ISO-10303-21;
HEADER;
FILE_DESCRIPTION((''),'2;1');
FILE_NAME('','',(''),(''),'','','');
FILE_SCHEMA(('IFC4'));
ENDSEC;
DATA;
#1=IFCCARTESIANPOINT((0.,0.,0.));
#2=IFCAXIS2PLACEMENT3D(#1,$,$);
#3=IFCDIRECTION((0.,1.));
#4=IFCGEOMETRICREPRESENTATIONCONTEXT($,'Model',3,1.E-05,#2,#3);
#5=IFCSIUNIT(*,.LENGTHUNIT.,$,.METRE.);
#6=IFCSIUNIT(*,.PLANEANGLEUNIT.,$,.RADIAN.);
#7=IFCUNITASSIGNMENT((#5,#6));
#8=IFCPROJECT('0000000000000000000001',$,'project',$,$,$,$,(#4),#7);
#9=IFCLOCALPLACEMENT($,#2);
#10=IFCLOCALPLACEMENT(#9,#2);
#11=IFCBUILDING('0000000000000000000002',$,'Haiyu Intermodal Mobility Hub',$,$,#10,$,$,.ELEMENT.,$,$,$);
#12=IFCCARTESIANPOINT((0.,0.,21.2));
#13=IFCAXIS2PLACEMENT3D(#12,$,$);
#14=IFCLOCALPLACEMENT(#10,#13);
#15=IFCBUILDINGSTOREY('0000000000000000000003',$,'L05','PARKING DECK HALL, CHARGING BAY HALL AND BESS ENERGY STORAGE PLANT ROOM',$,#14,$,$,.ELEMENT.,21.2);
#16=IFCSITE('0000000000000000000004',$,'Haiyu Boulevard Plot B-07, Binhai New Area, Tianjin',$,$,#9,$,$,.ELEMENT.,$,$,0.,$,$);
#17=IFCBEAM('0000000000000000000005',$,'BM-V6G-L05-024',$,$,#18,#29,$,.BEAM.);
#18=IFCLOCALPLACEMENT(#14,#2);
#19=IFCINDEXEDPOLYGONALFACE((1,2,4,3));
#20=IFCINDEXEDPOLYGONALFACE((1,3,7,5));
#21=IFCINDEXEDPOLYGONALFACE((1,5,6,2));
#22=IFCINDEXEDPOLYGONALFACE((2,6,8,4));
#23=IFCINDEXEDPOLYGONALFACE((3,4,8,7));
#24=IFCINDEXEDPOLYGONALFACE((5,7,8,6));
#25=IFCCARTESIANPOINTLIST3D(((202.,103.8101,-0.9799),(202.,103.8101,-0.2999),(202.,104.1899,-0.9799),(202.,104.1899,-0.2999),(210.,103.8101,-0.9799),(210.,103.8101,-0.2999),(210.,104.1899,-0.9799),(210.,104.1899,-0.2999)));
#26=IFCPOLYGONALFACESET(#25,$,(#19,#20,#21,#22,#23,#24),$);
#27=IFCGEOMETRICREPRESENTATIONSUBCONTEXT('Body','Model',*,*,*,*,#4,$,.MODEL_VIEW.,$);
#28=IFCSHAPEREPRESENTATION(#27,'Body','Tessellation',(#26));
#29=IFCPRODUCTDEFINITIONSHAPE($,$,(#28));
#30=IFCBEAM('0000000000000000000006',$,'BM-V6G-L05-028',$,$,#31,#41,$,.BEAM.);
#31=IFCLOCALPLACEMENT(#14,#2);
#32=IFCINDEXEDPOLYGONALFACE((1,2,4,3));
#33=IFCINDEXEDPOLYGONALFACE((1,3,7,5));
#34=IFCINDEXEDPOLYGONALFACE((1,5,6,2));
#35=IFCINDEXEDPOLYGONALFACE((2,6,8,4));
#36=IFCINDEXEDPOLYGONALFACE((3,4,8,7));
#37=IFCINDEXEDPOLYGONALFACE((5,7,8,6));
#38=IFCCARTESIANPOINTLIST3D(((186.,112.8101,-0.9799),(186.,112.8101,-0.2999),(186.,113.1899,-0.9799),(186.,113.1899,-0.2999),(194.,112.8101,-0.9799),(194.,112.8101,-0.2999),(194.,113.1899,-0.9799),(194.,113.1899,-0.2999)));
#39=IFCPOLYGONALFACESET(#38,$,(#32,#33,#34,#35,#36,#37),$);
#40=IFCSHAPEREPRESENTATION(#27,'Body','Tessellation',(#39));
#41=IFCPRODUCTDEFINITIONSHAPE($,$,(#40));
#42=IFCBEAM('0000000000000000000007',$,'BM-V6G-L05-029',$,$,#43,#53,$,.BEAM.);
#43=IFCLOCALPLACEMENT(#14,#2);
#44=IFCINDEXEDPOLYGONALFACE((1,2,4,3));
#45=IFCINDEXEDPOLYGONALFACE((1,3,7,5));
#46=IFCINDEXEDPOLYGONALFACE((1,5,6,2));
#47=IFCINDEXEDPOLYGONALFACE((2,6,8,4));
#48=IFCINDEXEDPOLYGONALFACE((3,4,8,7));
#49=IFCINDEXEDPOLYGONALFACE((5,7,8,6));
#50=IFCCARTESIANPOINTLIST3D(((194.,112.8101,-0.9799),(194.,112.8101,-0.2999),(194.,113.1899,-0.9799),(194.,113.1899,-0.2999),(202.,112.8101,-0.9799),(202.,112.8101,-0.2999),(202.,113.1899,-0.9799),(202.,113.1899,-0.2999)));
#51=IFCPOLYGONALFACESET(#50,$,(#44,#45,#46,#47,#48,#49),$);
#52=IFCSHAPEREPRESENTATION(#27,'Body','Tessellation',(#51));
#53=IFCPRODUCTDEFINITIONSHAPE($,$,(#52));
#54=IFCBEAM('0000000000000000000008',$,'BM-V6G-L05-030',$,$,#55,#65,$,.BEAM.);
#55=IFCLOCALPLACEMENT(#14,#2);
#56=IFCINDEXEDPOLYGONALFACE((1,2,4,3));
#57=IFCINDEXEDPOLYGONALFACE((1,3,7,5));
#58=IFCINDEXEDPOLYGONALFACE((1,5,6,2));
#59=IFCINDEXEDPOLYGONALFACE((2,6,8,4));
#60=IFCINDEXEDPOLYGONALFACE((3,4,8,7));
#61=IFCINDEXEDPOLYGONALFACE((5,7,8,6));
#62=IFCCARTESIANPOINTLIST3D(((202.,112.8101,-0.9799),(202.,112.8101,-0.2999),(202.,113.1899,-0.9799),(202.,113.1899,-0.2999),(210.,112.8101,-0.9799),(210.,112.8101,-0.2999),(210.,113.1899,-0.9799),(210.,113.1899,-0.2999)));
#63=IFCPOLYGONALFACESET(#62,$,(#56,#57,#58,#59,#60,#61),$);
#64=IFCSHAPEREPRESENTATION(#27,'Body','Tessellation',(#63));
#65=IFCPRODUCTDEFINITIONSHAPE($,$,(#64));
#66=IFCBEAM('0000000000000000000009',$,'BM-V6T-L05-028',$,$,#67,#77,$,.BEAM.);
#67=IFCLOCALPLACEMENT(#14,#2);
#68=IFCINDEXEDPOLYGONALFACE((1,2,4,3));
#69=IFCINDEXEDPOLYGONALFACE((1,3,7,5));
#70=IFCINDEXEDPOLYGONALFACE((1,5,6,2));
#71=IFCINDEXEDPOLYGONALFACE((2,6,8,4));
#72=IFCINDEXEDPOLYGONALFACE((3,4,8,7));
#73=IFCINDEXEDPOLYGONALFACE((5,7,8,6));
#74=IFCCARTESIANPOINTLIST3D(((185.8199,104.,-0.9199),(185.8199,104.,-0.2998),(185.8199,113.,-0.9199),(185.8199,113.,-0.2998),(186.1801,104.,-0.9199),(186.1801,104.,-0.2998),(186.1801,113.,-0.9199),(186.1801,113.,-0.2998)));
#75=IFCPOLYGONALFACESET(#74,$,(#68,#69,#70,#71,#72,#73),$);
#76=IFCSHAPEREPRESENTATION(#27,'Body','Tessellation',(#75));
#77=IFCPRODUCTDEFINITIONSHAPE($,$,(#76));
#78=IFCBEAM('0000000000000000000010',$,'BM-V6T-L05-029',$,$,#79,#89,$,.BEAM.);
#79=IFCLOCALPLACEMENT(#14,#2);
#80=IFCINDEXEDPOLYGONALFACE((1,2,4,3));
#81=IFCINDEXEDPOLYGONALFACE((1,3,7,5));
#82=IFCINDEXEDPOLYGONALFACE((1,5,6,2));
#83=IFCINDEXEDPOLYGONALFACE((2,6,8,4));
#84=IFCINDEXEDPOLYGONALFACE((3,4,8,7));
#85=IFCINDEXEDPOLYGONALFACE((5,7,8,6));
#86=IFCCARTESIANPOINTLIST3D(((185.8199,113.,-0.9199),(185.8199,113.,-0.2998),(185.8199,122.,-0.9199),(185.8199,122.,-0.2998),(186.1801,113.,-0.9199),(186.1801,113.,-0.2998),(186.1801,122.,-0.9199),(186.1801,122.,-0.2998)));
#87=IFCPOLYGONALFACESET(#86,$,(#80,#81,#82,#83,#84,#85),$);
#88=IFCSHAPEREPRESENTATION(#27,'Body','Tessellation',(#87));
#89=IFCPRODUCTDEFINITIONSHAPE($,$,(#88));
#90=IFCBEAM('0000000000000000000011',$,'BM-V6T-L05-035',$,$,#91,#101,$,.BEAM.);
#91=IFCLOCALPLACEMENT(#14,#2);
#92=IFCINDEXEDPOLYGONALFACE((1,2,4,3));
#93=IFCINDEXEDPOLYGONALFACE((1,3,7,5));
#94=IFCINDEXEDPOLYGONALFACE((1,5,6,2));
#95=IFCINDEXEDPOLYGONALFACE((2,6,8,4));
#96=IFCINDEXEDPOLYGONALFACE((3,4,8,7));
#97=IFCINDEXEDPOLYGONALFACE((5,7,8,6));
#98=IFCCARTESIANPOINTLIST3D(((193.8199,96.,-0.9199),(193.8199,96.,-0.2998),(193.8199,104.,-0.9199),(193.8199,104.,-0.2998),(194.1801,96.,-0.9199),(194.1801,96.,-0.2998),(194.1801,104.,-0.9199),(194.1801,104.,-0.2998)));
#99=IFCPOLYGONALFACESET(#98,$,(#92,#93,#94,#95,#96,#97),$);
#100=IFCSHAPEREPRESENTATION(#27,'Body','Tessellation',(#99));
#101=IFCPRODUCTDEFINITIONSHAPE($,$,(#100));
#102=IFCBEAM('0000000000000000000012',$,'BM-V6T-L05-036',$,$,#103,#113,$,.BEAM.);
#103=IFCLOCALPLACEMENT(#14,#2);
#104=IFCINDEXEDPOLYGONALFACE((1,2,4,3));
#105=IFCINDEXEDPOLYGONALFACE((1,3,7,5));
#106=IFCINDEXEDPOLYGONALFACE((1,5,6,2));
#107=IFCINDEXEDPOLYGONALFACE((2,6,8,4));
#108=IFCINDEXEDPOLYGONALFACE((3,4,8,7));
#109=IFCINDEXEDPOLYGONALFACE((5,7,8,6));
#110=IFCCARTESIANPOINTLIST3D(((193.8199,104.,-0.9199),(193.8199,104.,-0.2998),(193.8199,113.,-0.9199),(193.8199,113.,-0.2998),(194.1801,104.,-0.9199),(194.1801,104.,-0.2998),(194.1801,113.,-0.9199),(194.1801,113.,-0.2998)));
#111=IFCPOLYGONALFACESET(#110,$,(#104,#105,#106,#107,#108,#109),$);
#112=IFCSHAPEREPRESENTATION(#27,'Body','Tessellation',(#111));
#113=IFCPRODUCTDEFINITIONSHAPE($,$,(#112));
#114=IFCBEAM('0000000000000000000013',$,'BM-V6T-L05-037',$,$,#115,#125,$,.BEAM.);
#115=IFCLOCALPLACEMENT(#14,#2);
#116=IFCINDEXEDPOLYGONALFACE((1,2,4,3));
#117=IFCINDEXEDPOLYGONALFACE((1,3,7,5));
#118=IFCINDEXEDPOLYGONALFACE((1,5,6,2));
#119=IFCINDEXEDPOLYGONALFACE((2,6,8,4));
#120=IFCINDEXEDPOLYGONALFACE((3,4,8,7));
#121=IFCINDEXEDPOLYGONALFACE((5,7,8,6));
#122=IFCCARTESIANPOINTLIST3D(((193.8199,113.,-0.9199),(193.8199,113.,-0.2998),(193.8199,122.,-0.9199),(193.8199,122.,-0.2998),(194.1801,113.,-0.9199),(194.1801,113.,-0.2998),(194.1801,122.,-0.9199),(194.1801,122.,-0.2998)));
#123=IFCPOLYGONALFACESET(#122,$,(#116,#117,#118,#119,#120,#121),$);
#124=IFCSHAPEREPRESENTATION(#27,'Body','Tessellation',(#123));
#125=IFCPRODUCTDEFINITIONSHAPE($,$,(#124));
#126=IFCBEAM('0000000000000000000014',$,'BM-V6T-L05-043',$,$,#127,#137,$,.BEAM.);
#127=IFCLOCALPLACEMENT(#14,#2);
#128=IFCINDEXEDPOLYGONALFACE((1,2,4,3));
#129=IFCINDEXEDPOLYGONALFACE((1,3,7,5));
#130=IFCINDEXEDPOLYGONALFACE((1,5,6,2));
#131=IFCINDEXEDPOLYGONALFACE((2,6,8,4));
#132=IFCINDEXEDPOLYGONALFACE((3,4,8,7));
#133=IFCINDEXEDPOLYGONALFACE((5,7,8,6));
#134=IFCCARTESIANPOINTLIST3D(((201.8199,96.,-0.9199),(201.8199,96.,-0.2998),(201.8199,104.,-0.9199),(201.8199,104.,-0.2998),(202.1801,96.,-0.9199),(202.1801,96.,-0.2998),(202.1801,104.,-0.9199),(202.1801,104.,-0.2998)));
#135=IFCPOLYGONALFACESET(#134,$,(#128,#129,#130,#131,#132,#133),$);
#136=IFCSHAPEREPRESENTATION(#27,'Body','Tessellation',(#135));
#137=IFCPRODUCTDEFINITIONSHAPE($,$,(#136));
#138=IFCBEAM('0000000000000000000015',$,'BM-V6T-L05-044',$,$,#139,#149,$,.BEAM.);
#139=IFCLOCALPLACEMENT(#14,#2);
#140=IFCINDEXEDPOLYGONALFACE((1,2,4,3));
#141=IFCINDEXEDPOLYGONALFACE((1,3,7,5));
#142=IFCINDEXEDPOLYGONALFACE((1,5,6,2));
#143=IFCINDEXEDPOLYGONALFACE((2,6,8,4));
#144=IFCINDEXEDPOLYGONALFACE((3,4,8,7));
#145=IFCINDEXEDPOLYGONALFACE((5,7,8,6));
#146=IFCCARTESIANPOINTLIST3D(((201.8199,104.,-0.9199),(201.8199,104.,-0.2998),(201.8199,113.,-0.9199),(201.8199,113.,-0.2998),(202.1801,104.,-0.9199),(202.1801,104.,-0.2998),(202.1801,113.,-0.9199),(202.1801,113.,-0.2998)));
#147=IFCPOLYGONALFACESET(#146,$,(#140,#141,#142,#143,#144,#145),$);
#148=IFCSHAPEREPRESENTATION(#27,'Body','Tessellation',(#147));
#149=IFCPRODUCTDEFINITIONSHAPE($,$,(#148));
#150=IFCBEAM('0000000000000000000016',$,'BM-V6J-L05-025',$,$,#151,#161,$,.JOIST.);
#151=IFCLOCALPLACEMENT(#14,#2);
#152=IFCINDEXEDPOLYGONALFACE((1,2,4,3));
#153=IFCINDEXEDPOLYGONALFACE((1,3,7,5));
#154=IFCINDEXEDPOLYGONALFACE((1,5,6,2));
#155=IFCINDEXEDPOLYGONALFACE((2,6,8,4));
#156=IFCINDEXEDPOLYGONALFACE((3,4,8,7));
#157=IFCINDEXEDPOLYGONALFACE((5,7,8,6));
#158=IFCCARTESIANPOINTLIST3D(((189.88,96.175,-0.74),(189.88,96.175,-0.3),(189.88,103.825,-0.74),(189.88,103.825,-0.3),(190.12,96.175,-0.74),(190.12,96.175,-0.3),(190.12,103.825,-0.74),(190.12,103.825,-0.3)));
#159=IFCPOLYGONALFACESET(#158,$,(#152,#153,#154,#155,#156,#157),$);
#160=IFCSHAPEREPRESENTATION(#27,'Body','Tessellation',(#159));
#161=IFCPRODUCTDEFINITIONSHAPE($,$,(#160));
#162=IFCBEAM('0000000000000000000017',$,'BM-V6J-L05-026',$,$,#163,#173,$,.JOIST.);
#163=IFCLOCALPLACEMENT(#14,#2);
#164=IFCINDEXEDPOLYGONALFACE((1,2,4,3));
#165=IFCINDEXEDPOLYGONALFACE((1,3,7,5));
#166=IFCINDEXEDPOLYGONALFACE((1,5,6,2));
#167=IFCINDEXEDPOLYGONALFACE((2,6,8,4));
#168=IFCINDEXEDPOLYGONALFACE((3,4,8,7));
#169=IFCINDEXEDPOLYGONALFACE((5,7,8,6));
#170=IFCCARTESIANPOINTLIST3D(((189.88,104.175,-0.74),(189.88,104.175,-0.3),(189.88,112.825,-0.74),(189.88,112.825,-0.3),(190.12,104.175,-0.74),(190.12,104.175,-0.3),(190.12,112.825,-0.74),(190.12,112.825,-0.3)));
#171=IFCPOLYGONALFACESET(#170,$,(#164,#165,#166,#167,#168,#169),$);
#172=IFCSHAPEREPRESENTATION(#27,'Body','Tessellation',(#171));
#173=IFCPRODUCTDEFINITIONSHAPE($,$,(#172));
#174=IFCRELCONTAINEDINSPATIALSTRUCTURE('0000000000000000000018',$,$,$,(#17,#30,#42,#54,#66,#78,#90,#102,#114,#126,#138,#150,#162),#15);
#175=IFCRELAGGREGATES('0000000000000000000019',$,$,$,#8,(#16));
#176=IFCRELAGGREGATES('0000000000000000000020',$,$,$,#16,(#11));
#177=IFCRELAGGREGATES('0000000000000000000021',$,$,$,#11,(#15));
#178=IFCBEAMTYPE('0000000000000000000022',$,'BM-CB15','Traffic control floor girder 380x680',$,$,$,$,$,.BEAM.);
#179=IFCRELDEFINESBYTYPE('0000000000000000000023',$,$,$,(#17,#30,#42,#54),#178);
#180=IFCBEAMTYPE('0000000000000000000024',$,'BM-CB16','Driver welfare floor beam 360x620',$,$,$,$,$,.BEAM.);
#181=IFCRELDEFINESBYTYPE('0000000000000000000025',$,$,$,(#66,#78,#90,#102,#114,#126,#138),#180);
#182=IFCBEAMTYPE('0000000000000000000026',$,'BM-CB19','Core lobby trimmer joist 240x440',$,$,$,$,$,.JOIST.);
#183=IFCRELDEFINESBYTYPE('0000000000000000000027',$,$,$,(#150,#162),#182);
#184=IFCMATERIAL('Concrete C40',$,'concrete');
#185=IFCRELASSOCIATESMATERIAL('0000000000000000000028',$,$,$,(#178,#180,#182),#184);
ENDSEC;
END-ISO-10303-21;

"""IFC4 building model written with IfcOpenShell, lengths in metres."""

from ifc_helpers import new_model, si_unit, direction, frame, origin, origin_2d, place, context, subcontext, project, spatial, rectangle, extrude, material, material_profile, profile_set, type_object, element, save


model = new_model("IFC4")

# Units and contexts
model_context = context("Model", 3, precision=1e-05, world=origin(), true_north=direction((0.0, 1.0)))
body_context = subcontext(model_context, "Body", "Model", "MODEL_VIEW")
ifc_project = project(units=[si_unit("LENGTHUNIT", "METRE"), si_unit("PLANEANGLEUNIT", "RADIAN")], contexts=[model_context])

# Site, building, storey
site_placement = place(None, origin())
site = spatial("IfcSite", under=ifc_project, at=site_placement, Name="Haiyu Boulevard Plot B-07, Binhai New Area, Tianjin", CompositionType="ELEMENT", RefElevation=0.0)
building_placement = place(site_placement, origin())
building = spatial("IfcBuilding", under=site, at=building_placement, Name="Haiyu Intermodal Mobility Hub", CompositionType="ELEMENT")
storey_placement = place(building_placement, frame((0.0, 0.0, 21.2)))
storey = spatial("IfcBuildingStorey", under=building, at=storey_placement, Name="L05", Description="PARKING DECK HALL, CHARGING BAY HALL AND BESS ENERGY STORAGE PLANT ROOM", CompositionType="ELEMENT", Elevation=21.2)

# Beams
ifc_material_1 = material(Name="Concrete C40", Category="concrete")
ifc_material_profile_1 = material_profile(ifc_material_1, rectangle(XDim=0.3799, YDim=0.6799, at=origin_2d()), Name="B380x680")
ifc_profile_set_1 = profile_set([ifc_material_profile_1], Name="Concrete C40")
beam_type_1 = type_object("IfcBeamType", Name="BM-CB15", Description="Traffic control floor girder 380x680", PredefinedType="BEAM", material=ifc_profile_set_1)
for number, where, z_axis, x_axis, name in (
    (1, (202.0, 104.0, -0.6399), (1.0, 0.0, 0.0), (0.0, 1.0, 0.0), "BM-V6G-L05-024"),
    (2, (186.0, 113.0, -0.6399), (1.0, 0.0, 0.0), (0.0, 1.0, 0.0), "BM-V6G-L05-028"),
    (3, (194.0, 113.0, -0.6399), (1.0, 0.0, 0.0), (0.0, 1.0, 0.0), "BM-V6G-L05-029"),
    (4, (202.0, 113.0, -0.6399), (1.0, 0.0, 0.0), (0.0, 1.0, 0.0), "BM-V6G-L05-030"),
):
    element("IfcBeam", number, at=place(storey_placement, frame(where, z_axis=z_axis, x_axis=x_axis)), inside=storey, type_object=beam_type_1, Name=name, PredefinedType="BEAM", context=body_context, shape_type="SweptSolid", body=[
        extrude(rectangle(XDim=0.3799, YDim=0.6799, at=origin_2d()), origin(), (0.0, 0.0, 1.0), 8.0),
    ])
ifc_material_profile_2 = material_profile(ifc_material_1, rectangle(XDim=0.3601, YDim=0.6201, at=origin_2d()), Name="B360x620")
ifc_profile_set_2 = profile_set([ifc_material_profile_2], Name="Concrete C40")
beam_type_2 = type_object("IfcBeamType", Name="BM-CB16", Description="Driver welfare floor beam 360x620", PredefinedType="BEAM", material=ifc_profile_set_2)
for number, where, z_axis, x_axis, name in (
    (5, (186.0, 104.0, -0.6099), (0.0, 1.0, 0.0), (-1.0, 0.0, 0.0), "BM-V6T-L05-028"),
    (6, (186.0, 113.0, -0.6099), (0.0, 1.0, 0.0), (-1.0, 0.0, 0.0), "BM-V6T-L05-029"),
):
    element("IfcBeam", number, at=place(storey_placement, frame(where, z_axis=z_axis, x_axis=x_axis)), inside=storey, type_object=beam_type_2, Name=name, PredefinedType="BEAM", context=body_context, shape_type="SweptSolid", body=[
        extrude(rectangle(XDim=0.3601, YDim=0.6201, at=origin_2d()), origin(), (0.0, 0.0, 1.0), 9.0),
    ])
beam_1_placement = place(storey_placement, frame((194.0, 96.0, -0.6099), z_axis=(0.0, 1.0, 0.0), x_axis=(-1.0, 0.0, 0.0)))
element("IfcBeam", 7, at=beam_1_placement, inside=storey, type_object=beam_type_2, Name="BM-V6T-L05-035", PredefinedType="BEAM", context=body_context, shape_type="SweptSolid", body=[
    extrude(rectangle(XDim=0.3601, YDim=0.6201, at=origin_2d()), origin(), (0.0, 0.0, 1.0), 8.0),
])
for number, where, z_axis, x_axis, name in (
    (8, (194.0, 104.0, -0.6099), (0.0, 1.0, 0.0), (-1.0, 0.0, 0.0), "BM-V6T-L05-036"),
    (9, (194.0, 113.0, -0.6099), (0.0, 1.0, 0.0), (-1.0, 0.0, 0.0), "BM-V6T-L05-037"),
):
    element("IfcBeam", number, at=place(storey_placement, frame(where, z_axis=z_axis, x_axis=x_axis)), inside=storey, type_object=beam_type_2, Name=name, PredefinedType="BEAM", context=body_context, shape_type="SweptSolid", body=[
        extrude(rectangle(XDim=0.3601, YDim=0.6201, at=origin_2d()), origin(), (0.0, 0.0, 1.0), 9.0),
    ])
beam_2_placement = place(storey_placement, frame((202.0, 96.0, -0.6099), z_axis=(0.0, 1.0, 0.0), x_axis=(-1.0, 0.0, 0.0)))
element("IfcBeam", 10, at=beam_2_placement, inside=storey, type_object=beam_type_2, Name="BM-V6T-L05-043", PredefinedType="BEAM", context=body_context, shape_type="SweptSolid", body=[
    extrude(rectangle(XDim=0.3601, YDim=0.6201, at=origin_2d()), origin(), (0.0, 0.0, 1.0), 8.0),
])
beam_3_placement = place(storey_placement, frame((202.0, 104.0, -0.6099), z_axis=(0.0, 1.0, 0.0), x_axis=(-1.0, 0.0, 0.0)))
element("IfcBeam", 11, at=beam_3_placement, inside=storey, type_object=beam_type_2, Name="BM-V6T-L05-044", PredefinedType="BEAM", context=body_context, shape_type="SweptSolid", body=[
    extrude(rectangle(XDim=0.3601, YDim=0.6201, at=origin_2d()), origin(), (0.0, 0.0, 1.0), 9.0),
])
ifc_material_profile_3 = material_profile(ifc_material_1, rectangle(XDim=0.24, YDim=0.4399, at=origin_2d()), Name="B240x440")
ifc_profile_set_3 = profile_set([ifc_material_profile_3], Name="Concrete C40")
beam_type_3 = type_object("IfcBeamType", Name="BM-CB19", Description="Core lobby trimmer joist 240x440", PredefinedType="JOIST", material=ifc_profile_set_3)
beam_4_placement = place(storey_placement, frame((190.0, 96.175, -0.52), z_axis=(0.0, 1.0, 0.0), x_axis=(-1.0, 0.0, 0.0)))
element("IfcBeam", 12, at=beam_4_placement, inside=storey, type_object=beam_type_3, Name="BM-V6J-L05-025", PredefinedType="JOIST", context=body_context, shape_type="SweptSolid", body=[
    extrude(rectangle(XDim=0.24, YDim=0.4399, at=origin_2d()), origin(), (0.0, 0.0, 1.0), 7.6499),
])
beam_5_placement = place(storey_placement, frame((190.0, 104.175, -0.52), z_axis=(0.0, 1.0, 0.0), x_axis=(-1.0, 0.0, 0.0)))
element("IfcBeam", 13, at=beam_5_placement, inside=storey, type_object=beam_type_3, Name="BM-V6J-L05-026", PredefinedType="JOIST", context=body_context, shape_type="SweptSolid", body=[
    extrude(rectangle(XDim=0.24, YDim=0.4399, at=origin_2d()), origin(), (0.0, 0.0, 1.0), 8.6499),
])

save(model, "model.ifc")
